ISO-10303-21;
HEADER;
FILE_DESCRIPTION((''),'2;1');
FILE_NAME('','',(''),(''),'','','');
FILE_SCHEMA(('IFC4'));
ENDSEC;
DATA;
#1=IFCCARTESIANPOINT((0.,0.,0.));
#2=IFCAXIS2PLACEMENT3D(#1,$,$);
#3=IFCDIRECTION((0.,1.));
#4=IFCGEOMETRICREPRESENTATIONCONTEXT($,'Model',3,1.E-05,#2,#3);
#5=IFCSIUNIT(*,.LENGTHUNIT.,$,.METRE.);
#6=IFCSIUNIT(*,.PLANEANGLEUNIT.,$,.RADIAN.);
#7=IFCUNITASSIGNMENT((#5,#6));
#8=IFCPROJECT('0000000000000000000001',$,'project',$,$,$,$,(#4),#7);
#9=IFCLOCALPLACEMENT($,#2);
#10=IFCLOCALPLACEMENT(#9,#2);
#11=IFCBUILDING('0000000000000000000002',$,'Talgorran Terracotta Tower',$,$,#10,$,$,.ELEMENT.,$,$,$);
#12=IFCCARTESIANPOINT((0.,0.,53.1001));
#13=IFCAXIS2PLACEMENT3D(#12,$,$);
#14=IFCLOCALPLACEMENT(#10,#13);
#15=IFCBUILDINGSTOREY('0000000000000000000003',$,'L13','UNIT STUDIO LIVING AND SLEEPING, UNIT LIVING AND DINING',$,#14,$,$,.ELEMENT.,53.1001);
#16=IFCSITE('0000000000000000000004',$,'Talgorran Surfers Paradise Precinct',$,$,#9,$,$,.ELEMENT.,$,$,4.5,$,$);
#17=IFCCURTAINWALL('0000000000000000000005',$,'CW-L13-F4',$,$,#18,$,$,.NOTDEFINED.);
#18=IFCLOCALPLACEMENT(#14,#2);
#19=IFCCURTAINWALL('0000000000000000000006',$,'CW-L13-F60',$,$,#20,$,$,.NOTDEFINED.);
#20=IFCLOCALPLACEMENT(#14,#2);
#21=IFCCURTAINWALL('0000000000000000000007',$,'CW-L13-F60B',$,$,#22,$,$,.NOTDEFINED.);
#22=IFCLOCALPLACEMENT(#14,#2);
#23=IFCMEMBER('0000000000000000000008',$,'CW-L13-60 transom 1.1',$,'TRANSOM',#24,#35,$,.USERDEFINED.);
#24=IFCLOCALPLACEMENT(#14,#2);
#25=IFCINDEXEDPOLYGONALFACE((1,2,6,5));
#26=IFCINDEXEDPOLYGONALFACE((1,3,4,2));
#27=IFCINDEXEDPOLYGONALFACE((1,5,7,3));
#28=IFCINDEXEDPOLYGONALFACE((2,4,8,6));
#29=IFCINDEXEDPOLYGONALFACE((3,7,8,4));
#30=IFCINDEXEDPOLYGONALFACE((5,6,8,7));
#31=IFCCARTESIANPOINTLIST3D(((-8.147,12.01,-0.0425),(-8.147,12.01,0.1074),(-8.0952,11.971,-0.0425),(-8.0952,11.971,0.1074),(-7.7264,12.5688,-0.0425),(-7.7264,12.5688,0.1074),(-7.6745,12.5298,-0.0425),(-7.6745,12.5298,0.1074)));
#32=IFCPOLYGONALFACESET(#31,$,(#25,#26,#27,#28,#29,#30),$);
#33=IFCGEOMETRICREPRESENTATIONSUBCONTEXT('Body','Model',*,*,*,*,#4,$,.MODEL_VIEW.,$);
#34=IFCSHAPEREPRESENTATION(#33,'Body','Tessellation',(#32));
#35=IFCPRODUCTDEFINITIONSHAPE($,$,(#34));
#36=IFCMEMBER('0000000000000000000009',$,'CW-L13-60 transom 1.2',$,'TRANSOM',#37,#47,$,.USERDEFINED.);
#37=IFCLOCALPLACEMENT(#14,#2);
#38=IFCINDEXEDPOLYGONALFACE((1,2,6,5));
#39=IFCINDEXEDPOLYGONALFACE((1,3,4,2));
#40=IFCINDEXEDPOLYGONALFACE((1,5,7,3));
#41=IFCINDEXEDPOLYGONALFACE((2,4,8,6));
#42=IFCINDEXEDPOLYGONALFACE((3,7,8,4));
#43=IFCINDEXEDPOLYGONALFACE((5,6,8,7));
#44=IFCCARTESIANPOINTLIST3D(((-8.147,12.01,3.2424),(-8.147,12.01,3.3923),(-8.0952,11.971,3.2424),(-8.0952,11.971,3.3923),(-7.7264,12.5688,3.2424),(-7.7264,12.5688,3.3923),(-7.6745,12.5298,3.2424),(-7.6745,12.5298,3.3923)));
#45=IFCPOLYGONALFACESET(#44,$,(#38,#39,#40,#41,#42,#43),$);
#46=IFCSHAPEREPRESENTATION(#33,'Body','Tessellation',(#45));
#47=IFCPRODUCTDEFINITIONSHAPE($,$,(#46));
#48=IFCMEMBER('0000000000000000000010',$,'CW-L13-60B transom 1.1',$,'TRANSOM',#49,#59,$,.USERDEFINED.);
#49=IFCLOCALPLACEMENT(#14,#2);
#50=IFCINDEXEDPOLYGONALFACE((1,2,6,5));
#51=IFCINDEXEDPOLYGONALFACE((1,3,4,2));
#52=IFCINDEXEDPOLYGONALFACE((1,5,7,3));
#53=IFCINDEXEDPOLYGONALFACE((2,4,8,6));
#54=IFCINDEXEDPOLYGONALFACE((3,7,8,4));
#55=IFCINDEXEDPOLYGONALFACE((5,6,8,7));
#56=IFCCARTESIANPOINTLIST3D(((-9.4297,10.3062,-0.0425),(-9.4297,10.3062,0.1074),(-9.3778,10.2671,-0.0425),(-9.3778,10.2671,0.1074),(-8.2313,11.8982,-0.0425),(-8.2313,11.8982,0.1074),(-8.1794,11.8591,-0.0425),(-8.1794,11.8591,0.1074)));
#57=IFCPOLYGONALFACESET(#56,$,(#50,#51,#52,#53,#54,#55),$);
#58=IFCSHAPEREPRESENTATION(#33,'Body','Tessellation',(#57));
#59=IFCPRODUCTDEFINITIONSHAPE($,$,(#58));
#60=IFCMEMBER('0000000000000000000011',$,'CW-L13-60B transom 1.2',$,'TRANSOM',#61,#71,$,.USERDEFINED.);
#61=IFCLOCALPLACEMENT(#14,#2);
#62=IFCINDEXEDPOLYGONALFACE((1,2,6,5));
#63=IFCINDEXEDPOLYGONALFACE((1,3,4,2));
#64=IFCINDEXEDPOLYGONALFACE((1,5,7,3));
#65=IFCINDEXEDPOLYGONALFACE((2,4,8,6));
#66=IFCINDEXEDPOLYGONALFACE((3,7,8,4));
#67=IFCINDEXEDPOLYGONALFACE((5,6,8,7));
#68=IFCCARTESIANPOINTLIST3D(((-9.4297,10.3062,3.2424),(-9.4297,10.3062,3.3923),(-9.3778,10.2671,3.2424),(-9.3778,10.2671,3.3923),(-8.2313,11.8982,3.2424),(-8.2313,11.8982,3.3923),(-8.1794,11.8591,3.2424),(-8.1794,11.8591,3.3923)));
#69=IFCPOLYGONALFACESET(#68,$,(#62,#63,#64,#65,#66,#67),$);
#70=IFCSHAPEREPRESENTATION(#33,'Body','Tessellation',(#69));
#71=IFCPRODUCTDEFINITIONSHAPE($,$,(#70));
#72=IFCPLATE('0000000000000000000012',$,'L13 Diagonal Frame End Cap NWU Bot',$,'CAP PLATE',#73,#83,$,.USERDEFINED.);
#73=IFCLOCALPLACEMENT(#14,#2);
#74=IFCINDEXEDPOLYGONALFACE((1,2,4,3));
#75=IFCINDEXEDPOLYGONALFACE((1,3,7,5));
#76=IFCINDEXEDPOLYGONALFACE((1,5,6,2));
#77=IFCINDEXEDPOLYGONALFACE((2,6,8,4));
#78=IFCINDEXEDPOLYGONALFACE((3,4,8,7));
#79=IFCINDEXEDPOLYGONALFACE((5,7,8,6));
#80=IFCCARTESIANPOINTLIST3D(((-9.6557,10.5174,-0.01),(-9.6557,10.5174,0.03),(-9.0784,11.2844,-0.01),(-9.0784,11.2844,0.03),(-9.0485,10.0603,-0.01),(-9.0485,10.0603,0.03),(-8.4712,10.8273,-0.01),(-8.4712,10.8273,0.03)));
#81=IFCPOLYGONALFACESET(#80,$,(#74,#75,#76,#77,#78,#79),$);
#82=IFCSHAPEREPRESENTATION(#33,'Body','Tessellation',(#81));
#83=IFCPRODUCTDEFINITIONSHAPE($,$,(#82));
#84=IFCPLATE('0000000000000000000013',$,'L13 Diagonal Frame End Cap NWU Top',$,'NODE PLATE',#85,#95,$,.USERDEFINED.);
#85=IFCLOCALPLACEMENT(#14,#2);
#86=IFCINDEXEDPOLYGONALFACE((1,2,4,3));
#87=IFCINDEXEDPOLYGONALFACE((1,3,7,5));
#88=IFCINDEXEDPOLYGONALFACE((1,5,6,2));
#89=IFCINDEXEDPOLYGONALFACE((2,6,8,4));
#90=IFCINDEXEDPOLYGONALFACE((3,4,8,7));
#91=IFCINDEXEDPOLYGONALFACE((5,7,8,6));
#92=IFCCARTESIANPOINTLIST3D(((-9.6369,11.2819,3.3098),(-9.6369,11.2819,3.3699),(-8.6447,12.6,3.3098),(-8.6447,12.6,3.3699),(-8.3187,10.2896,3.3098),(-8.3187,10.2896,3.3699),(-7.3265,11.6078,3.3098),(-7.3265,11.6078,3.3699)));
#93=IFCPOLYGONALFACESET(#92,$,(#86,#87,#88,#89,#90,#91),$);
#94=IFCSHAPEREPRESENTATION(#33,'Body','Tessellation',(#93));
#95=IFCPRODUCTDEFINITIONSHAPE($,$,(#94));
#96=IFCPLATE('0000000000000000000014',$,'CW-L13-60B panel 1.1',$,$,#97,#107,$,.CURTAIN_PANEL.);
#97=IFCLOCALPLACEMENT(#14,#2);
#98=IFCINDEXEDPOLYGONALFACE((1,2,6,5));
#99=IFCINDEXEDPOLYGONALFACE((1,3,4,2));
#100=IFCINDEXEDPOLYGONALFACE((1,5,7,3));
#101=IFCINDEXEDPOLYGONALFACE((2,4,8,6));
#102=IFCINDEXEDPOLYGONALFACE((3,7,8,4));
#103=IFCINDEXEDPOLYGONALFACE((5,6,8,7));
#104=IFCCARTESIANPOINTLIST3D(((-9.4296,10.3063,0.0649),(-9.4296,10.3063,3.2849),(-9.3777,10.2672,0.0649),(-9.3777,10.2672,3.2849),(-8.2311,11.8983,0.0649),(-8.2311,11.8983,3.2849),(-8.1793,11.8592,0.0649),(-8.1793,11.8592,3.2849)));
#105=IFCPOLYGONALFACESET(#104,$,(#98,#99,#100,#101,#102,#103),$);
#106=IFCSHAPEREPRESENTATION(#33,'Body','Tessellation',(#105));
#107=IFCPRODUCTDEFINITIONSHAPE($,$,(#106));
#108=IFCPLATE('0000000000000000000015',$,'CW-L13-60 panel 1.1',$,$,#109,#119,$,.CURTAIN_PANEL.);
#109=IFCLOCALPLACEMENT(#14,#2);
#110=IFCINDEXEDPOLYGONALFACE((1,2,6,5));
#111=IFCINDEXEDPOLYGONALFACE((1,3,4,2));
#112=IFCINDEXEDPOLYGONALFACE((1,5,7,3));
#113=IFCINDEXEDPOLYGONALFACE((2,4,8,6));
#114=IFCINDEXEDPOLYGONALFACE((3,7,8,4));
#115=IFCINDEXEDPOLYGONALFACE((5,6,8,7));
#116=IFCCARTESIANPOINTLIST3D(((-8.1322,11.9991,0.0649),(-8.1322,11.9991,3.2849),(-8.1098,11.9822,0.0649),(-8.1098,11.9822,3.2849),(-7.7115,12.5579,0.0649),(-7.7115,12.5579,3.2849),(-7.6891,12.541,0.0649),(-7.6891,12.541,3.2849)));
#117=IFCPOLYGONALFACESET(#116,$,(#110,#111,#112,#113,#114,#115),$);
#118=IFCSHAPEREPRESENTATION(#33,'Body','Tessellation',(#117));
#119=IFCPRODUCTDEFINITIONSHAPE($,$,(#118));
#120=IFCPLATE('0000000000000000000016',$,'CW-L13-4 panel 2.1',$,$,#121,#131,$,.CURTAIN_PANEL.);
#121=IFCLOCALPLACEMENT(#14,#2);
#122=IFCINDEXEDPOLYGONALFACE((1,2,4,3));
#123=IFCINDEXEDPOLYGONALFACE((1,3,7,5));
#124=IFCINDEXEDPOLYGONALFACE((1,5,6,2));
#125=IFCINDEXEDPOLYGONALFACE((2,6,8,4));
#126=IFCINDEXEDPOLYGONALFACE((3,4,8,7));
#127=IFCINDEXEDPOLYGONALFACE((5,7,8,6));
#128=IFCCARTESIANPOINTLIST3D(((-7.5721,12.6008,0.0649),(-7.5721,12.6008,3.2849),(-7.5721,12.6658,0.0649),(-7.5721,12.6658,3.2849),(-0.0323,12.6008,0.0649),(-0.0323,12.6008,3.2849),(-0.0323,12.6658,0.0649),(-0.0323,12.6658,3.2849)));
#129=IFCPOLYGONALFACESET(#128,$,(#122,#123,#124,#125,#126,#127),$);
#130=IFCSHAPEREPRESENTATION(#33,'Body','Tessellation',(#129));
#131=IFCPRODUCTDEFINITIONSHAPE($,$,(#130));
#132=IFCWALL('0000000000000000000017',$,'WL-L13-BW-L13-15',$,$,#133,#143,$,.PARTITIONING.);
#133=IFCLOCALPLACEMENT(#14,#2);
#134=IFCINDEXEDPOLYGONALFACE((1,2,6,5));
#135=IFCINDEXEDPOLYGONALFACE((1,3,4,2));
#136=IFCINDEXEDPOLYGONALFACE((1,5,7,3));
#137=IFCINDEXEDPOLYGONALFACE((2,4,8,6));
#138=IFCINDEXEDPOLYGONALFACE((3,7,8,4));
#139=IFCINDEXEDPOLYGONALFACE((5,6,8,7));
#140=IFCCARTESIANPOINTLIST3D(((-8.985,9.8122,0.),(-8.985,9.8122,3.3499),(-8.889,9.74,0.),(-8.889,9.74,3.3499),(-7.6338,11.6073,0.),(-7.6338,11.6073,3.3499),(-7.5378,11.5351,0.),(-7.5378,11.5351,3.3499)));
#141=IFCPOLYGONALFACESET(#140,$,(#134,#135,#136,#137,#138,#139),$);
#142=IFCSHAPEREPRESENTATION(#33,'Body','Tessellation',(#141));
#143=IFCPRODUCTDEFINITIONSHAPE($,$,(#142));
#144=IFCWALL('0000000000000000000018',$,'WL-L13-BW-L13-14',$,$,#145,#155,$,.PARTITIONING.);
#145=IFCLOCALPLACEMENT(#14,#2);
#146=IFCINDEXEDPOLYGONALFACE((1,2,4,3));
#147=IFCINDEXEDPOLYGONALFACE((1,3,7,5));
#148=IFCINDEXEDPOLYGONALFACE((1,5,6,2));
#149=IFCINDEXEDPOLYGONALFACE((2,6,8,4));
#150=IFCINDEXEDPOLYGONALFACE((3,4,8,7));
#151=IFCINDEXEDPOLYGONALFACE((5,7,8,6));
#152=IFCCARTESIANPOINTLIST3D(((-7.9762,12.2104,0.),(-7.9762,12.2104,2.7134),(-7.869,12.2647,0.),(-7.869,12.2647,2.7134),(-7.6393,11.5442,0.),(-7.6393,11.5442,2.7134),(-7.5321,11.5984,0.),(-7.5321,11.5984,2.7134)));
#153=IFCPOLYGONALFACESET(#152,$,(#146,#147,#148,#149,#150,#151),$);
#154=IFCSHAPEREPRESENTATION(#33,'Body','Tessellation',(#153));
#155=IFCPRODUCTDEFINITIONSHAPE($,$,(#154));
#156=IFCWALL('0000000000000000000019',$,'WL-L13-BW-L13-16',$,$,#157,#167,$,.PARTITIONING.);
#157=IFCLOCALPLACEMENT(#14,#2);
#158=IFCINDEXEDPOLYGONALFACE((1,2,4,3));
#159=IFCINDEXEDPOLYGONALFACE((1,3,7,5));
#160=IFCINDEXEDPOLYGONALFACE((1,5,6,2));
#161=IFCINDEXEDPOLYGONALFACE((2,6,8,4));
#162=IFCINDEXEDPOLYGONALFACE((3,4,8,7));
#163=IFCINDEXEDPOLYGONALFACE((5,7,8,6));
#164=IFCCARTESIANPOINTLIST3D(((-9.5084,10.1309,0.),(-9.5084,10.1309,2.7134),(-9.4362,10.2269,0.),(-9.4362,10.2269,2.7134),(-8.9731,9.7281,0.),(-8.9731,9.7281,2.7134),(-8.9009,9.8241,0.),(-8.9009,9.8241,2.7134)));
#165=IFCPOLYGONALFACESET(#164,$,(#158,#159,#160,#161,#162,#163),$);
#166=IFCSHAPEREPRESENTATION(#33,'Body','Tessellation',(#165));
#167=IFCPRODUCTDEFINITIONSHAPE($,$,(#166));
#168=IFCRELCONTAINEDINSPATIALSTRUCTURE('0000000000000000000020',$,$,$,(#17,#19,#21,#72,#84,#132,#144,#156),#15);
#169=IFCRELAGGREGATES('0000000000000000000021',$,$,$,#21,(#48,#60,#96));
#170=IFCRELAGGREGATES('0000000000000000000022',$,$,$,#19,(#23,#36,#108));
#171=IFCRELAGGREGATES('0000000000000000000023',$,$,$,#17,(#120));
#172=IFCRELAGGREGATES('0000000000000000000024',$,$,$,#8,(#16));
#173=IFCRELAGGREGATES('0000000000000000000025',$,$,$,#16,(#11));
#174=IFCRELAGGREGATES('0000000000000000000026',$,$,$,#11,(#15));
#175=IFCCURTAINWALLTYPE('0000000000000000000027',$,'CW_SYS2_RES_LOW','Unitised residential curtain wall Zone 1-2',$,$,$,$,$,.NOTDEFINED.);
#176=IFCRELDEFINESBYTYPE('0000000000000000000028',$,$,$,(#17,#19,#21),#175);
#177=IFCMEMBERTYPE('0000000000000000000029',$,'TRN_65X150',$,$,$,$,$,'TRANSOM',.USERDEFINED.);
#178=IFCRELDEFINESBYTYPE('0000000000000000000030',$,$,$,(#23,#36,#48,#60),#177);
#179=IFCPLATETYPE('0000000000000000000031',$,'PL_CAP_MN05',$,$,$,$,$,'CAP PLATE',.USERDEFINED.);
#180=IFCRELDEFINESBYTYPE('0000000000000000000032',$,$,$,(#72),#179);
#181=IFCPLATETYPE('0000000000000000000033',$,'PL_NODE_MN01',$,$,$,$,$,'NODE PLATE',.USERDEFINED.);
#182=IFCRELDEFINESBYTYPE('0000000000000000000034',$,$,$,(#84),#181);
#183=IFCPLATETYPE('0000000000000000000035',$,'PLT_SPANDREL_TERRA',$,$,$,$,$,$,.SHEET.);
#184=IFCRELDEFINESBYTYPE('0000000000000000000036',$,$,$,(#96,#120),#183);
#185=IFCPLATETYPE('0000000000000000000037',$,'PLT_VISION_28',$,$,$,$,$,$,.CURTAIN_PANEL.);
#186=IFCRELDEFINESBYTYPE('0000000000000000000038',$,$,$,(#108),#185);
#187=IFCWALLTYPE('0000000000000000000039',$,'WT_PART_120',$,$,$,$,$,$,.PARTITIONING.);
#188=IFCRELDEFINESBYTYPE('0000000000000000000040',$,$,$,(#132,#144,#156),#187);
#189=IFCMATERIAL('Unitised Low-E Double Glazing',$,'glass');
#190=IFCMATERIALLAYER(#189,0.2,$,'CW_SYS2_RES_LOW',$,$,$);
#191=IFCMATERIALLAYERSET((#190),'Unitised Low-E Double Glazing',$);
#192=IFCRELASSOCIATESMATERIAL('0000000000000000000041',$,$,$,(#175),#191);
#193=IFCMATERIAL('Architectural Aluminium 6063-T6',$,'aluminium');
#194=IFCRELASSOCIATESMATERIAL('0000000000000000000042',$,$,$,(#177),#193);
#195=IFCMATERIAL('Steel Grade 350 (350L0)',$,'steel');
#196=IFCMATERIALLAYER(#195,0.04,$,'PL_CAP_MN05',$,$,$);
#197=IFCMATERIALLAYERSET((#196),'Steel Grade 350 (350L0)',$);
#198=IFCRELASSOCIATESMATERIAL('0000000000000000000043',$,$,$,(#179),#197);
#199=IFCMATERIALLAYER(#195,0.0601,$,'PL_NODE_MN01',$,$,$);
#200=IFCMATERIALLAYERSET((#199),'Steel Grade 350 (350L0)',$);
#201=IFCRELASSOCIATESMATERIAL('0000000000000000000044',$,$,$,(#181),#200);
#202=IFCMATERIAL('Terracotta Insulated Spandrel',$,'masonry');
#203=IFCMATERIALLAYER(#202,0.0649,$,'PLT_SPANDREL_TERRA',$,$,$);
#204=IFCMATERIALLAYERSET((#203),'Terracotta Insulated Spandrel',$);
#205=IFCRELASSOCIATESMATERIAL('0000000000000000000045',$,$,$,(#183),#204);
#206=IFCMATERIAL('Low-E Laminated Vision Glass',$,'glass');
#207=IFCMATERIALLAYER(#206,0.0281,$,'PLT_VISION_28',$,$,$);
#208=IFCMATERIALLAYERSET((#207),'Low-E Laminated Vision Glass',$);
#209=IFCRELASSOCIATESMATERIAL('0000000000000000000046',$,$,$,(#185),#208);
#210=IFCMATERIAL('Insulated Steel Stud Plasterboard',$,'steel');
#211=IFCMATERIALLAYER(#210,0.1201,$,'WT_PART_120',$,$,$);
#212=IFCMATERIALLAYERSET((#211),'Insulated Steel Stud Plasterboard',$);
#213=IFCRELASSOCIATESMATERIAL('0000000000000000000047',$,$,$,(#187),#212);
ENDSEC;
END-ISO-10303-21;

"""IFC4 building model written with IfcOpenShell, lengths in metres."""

from ifc_helpers import new_model, si_unit, direction, frame, frame_2d, origin, origin_2d, place, context, subcontext, project, spatial, rectangle, extrude, source, transform, mapped, material, layer, layer_set, material_profile, profile_set, type_object, type_shapes, element, aggregate, save


model = new_model("IFC4")

# Units and contexts
model_context = context("Model", 3, precision=1e-05, world=origin(), true_north=direction((0.0, 1.0)))
body_context = subcontext(model_context, "Body", "Model", "MODEL_VIEW")
ifc_project = project(units=[si_unit("LENGTHUNIT", "METRE"), si_unit("PLANEANGLEUNIT", "RADIAN")], contexts=[model_context])

# Site, building, storey
site_placement = place(None, origin())
site = spatial("IfcSite", under=ifc_project, at=site_placement, Name="Talgorran Surfers Paradise Precinct", CompositionType="ELEMENT", RefElevation=4.5)
building_placement = place(site_placement, origin())
building = spatial("IfcBuilding", under=site, at=building_placement, Name="Talgorran Terracotta Tower", CompositionType="ELEMENT")
storey_placement = place(building_placement, frame((0.0, 0.0, 53.1001)))
storey = spatial("IfcBuildingStorey", under=building, at=storey_placement, Name="L13", Description="UNIT STUDIO LIVING AND SLEEPING, UNIT LIVING AND DINING", CompositionType="ELEMENT", Elevation=53.1001)

# Shared definitions
ifc_material_1 = material(Name="Steel Grade 350 (350L0)", Category="steel")

# Curtain wall
ifc_material_2 = material(Name="Unitised Low-E Double Glazing", Category="glass")
ifc_layer_1 = layer(ifc_material_2, 0.2, Name="CW_SYS2_RES_LOW")
ifc_layer_set_1 = layer_set([ifc_layer_1], Name="Unitised Low-E Double Glazing")
curtain_wall_type = type_object("IfcCurtainWallType", Name="CW_SYS2_RES_LOW", Description="Unitised residential curtain wall Zone 1-2", PredefinedType="NOTDEFINED", material=ifc_layer_set_1)
curtain_wall_1_placement = place(storey_placement, origin())
curtain_wall_1 = element("IfcCurtainWall", 1, at=curtain_wall_1_placement, inside=storey, type_object=curtain_wall_type, Name="CW-L13-F4", PredefinedType="NOTDEFINED")
ifc_material_3 = material(Name="Architectural Aluminium 6063-T6", Category="aluminium")

# Curtain wall
curtain_wall_2_placement = place(storey_placement, origin())
curtain_wall_2 = element("IfcCurtainWall", 2, at=curtain_wall_2_placement, inside=storey, type_object=curtain_wall_type, Name="CW-L13-F60", PredefinedType="NOTDEFINED")

# Curtain wall
curtain_wall_3_placement = place(storey_placement, origin())
curtain_wall_3 = element("IfcCurtainWall", 3, at=curtain_wall_3_placement, inside=storey, type_object=curtain_wall_type, Name="CW-L13-F60B", PredefinedType="NOTDEFINED")

# Members
ifc_material_profile_1 = material_profile(ifc_material_3, rectangle(XDim=0.0649, YDim=0.1499, at=origin_2d()), Name="CWT65X150")
ifc_profile_set_1 = profile_set([ifc_material_profile_1], Name="Architectural Aluminium 6063-T6")
member_type_1 = type_object("IfcMemberType", Name="TRN_65X150", ElementType="TRANSOM", PredefinedType="USERDEFINED", material=ifc_profile_set_1)
member_1_placement = place(storey_placement, frame((-7.7004, 12.5493, 0.0325), z_axis=(-0.601395, -0.798952, 0.0), x_axis=(0.798952, -0.601395, 0.0)))
member_1 = element("IfcMember", 4, at=member_1_placement, type_object=member_type_1, Name="CW-L13-60 transom 1.1", ObjectType="TRANSOM", PredefinedType="USERDEFINED", context=body_context, shape_type="SweptSolid", body=[
    extrude(rectangle(XDim=0.0649, YDim=0.1499, at=origin_2d()), origin(), (0.0, 0.0, 1.0), 0.6995),
])
member_2_placement = place(storey_placement, frame((-7.7004, 12.5493, 3.3174), z_axis=(-0.601395, -0.798952, 0.0), x_axis=(0.798952, -0.601395, 0.0)))
member_2 = element("IfcMember", 5, at=member_2_placement, type_object=member_type_1, Name="CW-L13-60 transom 1.2", ObjectType="TRANSOM", PredefinedType="USERDEFINED", context=body_context, shape_type="SweptSolid", body=[
    extrude(rectangle(XDim=0.0649, YDim=0.1499, at=origin_2d()), origin(), (0.0, 0.0, 1.0), 0.6995),
])
member_3_placement = place(storey_placement, frame((-8.2053, 11.8787, 0.0325), z_axis=(-0.60143, -0.798925, 0.0), x_axis=(0.798925, -0.60143, 0.0)))
member_3 = element("IfcMember", 6, at=member_3_placement, type_object=member_type_1, Name="CW-L13-60B transom 1.1", ObjectType="TRANSOM", PredefinedType="USERDEFINED", context=body_context, shape_type="SweptSolid", body=[
    extrude(rectangle(XDim=0.0649, YDim=0.1499, at=origin_2d()), origin(), (0.0, 0.0, 1.0), 1.9927),
])
member_4_placement = place(storey_placement, frame((-8.2053, 11.8787, 3.3174), z_axis=(-0.60143, -0.798925, 0.0), x_axis=(0.798925, -0.60143, 0.0)))
member_4 = element("IfcMember", 7, at=member_4_placement, type_object=member_type_1, Name="CW-L13-60B transom 1.2", ObjectType="TRANSOM", PredefinedType="USERDEFINED", context=body_context, shape_type="SweptSolid", body=[
    extrude(rectangle(XDim=0.0649, YDim=0.1499, at=origin_2d()), origin(), (0.0, 0.0, 1.0), 1.9927),
])

# Plates
ifc_layer_2 = layer(ifc_material_1, 0.04, Name="PL_CAP_MN05")
ifc_layer_set_2 = layer_set([ifc_layer_2], Name="Steel Grade 350 (350L0)")
plate_type_1 = type_object("IfcPlateType", Name="PL_CAP_MN05", ElementType="CAP PLATE", PredefinedType="USERDEFINED", material=ifc_layer_set_2)
plate_1_placement = place(storey_placement, frame((-9.0635, 10.6724, -0.01), z_axis=(0.0, 0.0, 1.0), x_axis=(0.601397, 0.798951, 0.0)))
element("IfcPlate", 8, at=plate_1_placement, inside=storey, type_object=plate_type_1, Name="L13 Diagonal Frame End Cap NWU Bot", ObjectType="CAP PLATE", PredefinedType="USERDEFINED", context=body_context, shape_type="SweptSolid", body=[
    extrude(rectangle(XDim=0.96, YDim=0.76, at=origin_2d()), origin(), (0.0, 0.0, 1.0), 0.04),
])
ifc_layer_3 = layer(ifc_material_1, 0.0601, Name="PL_NODE_MN01")
ifc_layer_set_3 = layer_set([ifc_layer_3], Name="Steel Grade 350 (350L0)")
plate_type_2 = type_object("IfcPlateType", Name="PL_NODE_MN01", ElementType="NODE PLATE", PredefinedType="USERDEFINED", material=ifc_layer_set_3)
plate_2_placement = place(storey_placement, frame((-8.4817, 11.4448, 3.3098), z_axis=(0.0, 0.0, 1.0), x_axis=(0.601397, 0.798951, 0.0)))
element("IfcPlate", 9, at=plate_2_placement, inside=storey, type_object=plate_type_2, Name="L13 Diagonal Frame End Cap NWU Top", ObjectType="NODE PLATE", PredefinedType="USERDEFINED", context=body_context, shape_type="SweptSolid", body=[
    extrude(rectangle(XDim=1.6499, YDim=1.6499, at=origin_2d()), origin(), (0.0, 0.0, 1.0), 0.0601),
])

# Plates
ifc_material_4 = material(Name="Terracotta Insulated Spandrel", Category="masonry")
ifc_layer_4 = layer(ifc_material_4, 0.0649, Name="PLT_SPANDREL_TERRA")
ifc_layer_set_4 = layer_set([ifc_layer_4], Name="Terracotta Insulated Spandrel")
plate_type_3 = type_object("IfcPlateType", Name="PLT_SPANDREL_TERRA", PredefinedType="SHEET", material=ifc_layer_set_4)
shared_shape_1 = source(origin(), body_context, "Body", "SweptSolid", [
    extrude(rectangle(XDim=1.9927, YDim=0.0649, at=origin_2d()), origin(), (0.0, 0.0, 1.0), 3.22),
])
plate_3_placement = place(storey_placement, frame((-8.8044, 11.0828, 0.0649), z_axis=(0.0, 0.0, 1.0), x_axis=(-0.601439, -0.798919, 0.0)))
plate_3 = element("IfcPlate", 10, at=plate_3_placement, type_object=plate_type_3, Name="CW-L13-60B panel 1.1", PredefinedType="CURTAIN_PANEL", context=body_context, shape_type="MappedRepresentation", body=[
    mapped(shared_shape_1, transform((0.0, 0.0, 0.0), scale=1.0)),
])
aggregate(curtain_wall_3, [member_3, member_4, plate_3])
ifc_material_5 = material(Name="Low-E Laminated Vision Glass", Category="glass")
ifc_layer_5 = layer(ifc_material_5, 0.0281, Name="PLT_VISION_28")
ifc_layer_set_5 = layer_set([ifc_layer_5], Name="Low-E Laminated Vision Glass")
plate_type_4 = type_object("IfcPlateType", Name="PLT_VISION_28", PredefinedType="CURTAIN_PANEL", material=ifc_layer_set_5)
shared_shape_2 = source(origin(), body_context, "Body", "SweptSolid", [
    extrude(rectangle(XDim=0.6995, YDim=0.0281, at=origin_2d()), origin(), (0.0, 0.0, 1.0), 3.22),
])
type_shapes(plate_type_4, [shared_shape_2])
plate_4_placement = place(storey_placement, frame((-7.9106, 12.27, 0.0649), z_axis=(0.0, 0.0, 1.0), x_axis=(-0.601446, -0.798914, 0.0)))
plate_4 = element("IfcPlate", 11, at=plate_4_placement, type_object=plate_type_4, Name="CW-L13-60 panel 1.1", PredefinedType="CURTAIN_PANEL", context=body_context, shape_type="MappedRepresentation", body=[
    mapped(shared_shape_2, transform((0.0, 0.0, 0.0), scale=1.0)),
])
aggregate(curtain_wall_2, [member_1, member_2, plate_4])
shared_shape_3 = source(origin(), body_context, "Body", "SweptSolid", [
    extrude(rectangle(XDim=7.5398, YDim=0.0649, at=origin_2d()), origin(), (0.0, 0.0, 1.0), 3.22),
])
type_shapes(plate_type_3, [shared_shape_1, shared_shape_3])
plate_5_placement = place(storey_placement, frame((-3.8022, 12.6333, 0.0649), z_axis=(0.0, 0.0, 1.0), x_axis=(-1.0, 0.0, 0.0)))
plate_5 = element("IfcPlate", 12, at=plate_5_placement, type_object=plate_type_3, Name="CW-L13-4 panel 2.1", PredefinedType="CURTAIN_PANEL", context=body_context, shape_type="MappedRepresentation", body=[
    mapped(shared_shape_3, transform((0.0, 0.0, 0.0), scale=1.0)),
])
aggregate(curtain_wall_1, [plate_5])

# Walls
ifc_material_6 = material(Name="Insulated Steel Stud Plasterboard", Category="steel")
ifc_layer_6 = layer(ifc_material_6, 0.1201, Name="WT_PART_120")
ifc_layer_set_6 = layer_set([ifc_layer_6], Name="Insulated Steel Stud Plasterboard")
wall_type = type_object("IfcWallType", Name="WT_PART_120", PredefinedType="PARTITIONING", material=ifc_layer_set_6)
wall_1_placement = place(storey_placement, frame((-7.5857, 11.5713, 0.0), z_axis=(0.0, 0.0, 1.0), x_axis=(-0.601407, -0.798943, 0.0)))
element("IfcWall", 13, at=wall_1_placement, inside=storey, type_object=wall_type, Name="WL-L13-BW-L13-15", PredefinedType="PARTITIONING", context=body_context, shape_type="SweptSolid", body=[
    extrude(rectangle(XDim=2.2468, YDim=0.1201, at=frame_2d((1.1235, 0.0))), origin(), (0.0, 0.0, 1.0), 3.3499),
])
wall_2_placement = place(storey_placement, frame((-7.9226, 12.2375, 0.0), z_axis=(0.0, 0.0, 1.0), x_axis=(0.451264, -0.892391, 0.0)))
element("IfcWall", 14, at=wall_2_placement, inside=storey, type_object=wall_type, Name="WL-L13-BW-L13-14", PredefinedType="PARTITIONING", context=body_context, shape_type="SweptSolid", body=[
    extrude(rectangle(XDim=0.7466, YDim=0.1201, at=frame_2d((0.3733, 0.0))), origin(), (0.0, 0.0, 1.0), 2.7134),
])
wall_3_placement = place(storey_placement, frame((-8.937, 9.7761, 0.0), z_axis=(0.0, 0.0, 1.0), x_axis=(-0.799081, 0.601224, 0.0)))
element("IfcWall", 15, at=wall_3_placement, inside=storey, type_object=wall_type, Name="WL-L13-BW-L13-16", PredefinedType="PARTITIONING", context=body_context, shape_type="SweptSolid", body=[
    extrude(rectangle(XDim=0.6699, YDim=0.1201, at=frame_2d((0.335, 0.0))), origin(), (0.0, 0.0, 1.0), 2.7134),
])

save(model, "model.ifc")
